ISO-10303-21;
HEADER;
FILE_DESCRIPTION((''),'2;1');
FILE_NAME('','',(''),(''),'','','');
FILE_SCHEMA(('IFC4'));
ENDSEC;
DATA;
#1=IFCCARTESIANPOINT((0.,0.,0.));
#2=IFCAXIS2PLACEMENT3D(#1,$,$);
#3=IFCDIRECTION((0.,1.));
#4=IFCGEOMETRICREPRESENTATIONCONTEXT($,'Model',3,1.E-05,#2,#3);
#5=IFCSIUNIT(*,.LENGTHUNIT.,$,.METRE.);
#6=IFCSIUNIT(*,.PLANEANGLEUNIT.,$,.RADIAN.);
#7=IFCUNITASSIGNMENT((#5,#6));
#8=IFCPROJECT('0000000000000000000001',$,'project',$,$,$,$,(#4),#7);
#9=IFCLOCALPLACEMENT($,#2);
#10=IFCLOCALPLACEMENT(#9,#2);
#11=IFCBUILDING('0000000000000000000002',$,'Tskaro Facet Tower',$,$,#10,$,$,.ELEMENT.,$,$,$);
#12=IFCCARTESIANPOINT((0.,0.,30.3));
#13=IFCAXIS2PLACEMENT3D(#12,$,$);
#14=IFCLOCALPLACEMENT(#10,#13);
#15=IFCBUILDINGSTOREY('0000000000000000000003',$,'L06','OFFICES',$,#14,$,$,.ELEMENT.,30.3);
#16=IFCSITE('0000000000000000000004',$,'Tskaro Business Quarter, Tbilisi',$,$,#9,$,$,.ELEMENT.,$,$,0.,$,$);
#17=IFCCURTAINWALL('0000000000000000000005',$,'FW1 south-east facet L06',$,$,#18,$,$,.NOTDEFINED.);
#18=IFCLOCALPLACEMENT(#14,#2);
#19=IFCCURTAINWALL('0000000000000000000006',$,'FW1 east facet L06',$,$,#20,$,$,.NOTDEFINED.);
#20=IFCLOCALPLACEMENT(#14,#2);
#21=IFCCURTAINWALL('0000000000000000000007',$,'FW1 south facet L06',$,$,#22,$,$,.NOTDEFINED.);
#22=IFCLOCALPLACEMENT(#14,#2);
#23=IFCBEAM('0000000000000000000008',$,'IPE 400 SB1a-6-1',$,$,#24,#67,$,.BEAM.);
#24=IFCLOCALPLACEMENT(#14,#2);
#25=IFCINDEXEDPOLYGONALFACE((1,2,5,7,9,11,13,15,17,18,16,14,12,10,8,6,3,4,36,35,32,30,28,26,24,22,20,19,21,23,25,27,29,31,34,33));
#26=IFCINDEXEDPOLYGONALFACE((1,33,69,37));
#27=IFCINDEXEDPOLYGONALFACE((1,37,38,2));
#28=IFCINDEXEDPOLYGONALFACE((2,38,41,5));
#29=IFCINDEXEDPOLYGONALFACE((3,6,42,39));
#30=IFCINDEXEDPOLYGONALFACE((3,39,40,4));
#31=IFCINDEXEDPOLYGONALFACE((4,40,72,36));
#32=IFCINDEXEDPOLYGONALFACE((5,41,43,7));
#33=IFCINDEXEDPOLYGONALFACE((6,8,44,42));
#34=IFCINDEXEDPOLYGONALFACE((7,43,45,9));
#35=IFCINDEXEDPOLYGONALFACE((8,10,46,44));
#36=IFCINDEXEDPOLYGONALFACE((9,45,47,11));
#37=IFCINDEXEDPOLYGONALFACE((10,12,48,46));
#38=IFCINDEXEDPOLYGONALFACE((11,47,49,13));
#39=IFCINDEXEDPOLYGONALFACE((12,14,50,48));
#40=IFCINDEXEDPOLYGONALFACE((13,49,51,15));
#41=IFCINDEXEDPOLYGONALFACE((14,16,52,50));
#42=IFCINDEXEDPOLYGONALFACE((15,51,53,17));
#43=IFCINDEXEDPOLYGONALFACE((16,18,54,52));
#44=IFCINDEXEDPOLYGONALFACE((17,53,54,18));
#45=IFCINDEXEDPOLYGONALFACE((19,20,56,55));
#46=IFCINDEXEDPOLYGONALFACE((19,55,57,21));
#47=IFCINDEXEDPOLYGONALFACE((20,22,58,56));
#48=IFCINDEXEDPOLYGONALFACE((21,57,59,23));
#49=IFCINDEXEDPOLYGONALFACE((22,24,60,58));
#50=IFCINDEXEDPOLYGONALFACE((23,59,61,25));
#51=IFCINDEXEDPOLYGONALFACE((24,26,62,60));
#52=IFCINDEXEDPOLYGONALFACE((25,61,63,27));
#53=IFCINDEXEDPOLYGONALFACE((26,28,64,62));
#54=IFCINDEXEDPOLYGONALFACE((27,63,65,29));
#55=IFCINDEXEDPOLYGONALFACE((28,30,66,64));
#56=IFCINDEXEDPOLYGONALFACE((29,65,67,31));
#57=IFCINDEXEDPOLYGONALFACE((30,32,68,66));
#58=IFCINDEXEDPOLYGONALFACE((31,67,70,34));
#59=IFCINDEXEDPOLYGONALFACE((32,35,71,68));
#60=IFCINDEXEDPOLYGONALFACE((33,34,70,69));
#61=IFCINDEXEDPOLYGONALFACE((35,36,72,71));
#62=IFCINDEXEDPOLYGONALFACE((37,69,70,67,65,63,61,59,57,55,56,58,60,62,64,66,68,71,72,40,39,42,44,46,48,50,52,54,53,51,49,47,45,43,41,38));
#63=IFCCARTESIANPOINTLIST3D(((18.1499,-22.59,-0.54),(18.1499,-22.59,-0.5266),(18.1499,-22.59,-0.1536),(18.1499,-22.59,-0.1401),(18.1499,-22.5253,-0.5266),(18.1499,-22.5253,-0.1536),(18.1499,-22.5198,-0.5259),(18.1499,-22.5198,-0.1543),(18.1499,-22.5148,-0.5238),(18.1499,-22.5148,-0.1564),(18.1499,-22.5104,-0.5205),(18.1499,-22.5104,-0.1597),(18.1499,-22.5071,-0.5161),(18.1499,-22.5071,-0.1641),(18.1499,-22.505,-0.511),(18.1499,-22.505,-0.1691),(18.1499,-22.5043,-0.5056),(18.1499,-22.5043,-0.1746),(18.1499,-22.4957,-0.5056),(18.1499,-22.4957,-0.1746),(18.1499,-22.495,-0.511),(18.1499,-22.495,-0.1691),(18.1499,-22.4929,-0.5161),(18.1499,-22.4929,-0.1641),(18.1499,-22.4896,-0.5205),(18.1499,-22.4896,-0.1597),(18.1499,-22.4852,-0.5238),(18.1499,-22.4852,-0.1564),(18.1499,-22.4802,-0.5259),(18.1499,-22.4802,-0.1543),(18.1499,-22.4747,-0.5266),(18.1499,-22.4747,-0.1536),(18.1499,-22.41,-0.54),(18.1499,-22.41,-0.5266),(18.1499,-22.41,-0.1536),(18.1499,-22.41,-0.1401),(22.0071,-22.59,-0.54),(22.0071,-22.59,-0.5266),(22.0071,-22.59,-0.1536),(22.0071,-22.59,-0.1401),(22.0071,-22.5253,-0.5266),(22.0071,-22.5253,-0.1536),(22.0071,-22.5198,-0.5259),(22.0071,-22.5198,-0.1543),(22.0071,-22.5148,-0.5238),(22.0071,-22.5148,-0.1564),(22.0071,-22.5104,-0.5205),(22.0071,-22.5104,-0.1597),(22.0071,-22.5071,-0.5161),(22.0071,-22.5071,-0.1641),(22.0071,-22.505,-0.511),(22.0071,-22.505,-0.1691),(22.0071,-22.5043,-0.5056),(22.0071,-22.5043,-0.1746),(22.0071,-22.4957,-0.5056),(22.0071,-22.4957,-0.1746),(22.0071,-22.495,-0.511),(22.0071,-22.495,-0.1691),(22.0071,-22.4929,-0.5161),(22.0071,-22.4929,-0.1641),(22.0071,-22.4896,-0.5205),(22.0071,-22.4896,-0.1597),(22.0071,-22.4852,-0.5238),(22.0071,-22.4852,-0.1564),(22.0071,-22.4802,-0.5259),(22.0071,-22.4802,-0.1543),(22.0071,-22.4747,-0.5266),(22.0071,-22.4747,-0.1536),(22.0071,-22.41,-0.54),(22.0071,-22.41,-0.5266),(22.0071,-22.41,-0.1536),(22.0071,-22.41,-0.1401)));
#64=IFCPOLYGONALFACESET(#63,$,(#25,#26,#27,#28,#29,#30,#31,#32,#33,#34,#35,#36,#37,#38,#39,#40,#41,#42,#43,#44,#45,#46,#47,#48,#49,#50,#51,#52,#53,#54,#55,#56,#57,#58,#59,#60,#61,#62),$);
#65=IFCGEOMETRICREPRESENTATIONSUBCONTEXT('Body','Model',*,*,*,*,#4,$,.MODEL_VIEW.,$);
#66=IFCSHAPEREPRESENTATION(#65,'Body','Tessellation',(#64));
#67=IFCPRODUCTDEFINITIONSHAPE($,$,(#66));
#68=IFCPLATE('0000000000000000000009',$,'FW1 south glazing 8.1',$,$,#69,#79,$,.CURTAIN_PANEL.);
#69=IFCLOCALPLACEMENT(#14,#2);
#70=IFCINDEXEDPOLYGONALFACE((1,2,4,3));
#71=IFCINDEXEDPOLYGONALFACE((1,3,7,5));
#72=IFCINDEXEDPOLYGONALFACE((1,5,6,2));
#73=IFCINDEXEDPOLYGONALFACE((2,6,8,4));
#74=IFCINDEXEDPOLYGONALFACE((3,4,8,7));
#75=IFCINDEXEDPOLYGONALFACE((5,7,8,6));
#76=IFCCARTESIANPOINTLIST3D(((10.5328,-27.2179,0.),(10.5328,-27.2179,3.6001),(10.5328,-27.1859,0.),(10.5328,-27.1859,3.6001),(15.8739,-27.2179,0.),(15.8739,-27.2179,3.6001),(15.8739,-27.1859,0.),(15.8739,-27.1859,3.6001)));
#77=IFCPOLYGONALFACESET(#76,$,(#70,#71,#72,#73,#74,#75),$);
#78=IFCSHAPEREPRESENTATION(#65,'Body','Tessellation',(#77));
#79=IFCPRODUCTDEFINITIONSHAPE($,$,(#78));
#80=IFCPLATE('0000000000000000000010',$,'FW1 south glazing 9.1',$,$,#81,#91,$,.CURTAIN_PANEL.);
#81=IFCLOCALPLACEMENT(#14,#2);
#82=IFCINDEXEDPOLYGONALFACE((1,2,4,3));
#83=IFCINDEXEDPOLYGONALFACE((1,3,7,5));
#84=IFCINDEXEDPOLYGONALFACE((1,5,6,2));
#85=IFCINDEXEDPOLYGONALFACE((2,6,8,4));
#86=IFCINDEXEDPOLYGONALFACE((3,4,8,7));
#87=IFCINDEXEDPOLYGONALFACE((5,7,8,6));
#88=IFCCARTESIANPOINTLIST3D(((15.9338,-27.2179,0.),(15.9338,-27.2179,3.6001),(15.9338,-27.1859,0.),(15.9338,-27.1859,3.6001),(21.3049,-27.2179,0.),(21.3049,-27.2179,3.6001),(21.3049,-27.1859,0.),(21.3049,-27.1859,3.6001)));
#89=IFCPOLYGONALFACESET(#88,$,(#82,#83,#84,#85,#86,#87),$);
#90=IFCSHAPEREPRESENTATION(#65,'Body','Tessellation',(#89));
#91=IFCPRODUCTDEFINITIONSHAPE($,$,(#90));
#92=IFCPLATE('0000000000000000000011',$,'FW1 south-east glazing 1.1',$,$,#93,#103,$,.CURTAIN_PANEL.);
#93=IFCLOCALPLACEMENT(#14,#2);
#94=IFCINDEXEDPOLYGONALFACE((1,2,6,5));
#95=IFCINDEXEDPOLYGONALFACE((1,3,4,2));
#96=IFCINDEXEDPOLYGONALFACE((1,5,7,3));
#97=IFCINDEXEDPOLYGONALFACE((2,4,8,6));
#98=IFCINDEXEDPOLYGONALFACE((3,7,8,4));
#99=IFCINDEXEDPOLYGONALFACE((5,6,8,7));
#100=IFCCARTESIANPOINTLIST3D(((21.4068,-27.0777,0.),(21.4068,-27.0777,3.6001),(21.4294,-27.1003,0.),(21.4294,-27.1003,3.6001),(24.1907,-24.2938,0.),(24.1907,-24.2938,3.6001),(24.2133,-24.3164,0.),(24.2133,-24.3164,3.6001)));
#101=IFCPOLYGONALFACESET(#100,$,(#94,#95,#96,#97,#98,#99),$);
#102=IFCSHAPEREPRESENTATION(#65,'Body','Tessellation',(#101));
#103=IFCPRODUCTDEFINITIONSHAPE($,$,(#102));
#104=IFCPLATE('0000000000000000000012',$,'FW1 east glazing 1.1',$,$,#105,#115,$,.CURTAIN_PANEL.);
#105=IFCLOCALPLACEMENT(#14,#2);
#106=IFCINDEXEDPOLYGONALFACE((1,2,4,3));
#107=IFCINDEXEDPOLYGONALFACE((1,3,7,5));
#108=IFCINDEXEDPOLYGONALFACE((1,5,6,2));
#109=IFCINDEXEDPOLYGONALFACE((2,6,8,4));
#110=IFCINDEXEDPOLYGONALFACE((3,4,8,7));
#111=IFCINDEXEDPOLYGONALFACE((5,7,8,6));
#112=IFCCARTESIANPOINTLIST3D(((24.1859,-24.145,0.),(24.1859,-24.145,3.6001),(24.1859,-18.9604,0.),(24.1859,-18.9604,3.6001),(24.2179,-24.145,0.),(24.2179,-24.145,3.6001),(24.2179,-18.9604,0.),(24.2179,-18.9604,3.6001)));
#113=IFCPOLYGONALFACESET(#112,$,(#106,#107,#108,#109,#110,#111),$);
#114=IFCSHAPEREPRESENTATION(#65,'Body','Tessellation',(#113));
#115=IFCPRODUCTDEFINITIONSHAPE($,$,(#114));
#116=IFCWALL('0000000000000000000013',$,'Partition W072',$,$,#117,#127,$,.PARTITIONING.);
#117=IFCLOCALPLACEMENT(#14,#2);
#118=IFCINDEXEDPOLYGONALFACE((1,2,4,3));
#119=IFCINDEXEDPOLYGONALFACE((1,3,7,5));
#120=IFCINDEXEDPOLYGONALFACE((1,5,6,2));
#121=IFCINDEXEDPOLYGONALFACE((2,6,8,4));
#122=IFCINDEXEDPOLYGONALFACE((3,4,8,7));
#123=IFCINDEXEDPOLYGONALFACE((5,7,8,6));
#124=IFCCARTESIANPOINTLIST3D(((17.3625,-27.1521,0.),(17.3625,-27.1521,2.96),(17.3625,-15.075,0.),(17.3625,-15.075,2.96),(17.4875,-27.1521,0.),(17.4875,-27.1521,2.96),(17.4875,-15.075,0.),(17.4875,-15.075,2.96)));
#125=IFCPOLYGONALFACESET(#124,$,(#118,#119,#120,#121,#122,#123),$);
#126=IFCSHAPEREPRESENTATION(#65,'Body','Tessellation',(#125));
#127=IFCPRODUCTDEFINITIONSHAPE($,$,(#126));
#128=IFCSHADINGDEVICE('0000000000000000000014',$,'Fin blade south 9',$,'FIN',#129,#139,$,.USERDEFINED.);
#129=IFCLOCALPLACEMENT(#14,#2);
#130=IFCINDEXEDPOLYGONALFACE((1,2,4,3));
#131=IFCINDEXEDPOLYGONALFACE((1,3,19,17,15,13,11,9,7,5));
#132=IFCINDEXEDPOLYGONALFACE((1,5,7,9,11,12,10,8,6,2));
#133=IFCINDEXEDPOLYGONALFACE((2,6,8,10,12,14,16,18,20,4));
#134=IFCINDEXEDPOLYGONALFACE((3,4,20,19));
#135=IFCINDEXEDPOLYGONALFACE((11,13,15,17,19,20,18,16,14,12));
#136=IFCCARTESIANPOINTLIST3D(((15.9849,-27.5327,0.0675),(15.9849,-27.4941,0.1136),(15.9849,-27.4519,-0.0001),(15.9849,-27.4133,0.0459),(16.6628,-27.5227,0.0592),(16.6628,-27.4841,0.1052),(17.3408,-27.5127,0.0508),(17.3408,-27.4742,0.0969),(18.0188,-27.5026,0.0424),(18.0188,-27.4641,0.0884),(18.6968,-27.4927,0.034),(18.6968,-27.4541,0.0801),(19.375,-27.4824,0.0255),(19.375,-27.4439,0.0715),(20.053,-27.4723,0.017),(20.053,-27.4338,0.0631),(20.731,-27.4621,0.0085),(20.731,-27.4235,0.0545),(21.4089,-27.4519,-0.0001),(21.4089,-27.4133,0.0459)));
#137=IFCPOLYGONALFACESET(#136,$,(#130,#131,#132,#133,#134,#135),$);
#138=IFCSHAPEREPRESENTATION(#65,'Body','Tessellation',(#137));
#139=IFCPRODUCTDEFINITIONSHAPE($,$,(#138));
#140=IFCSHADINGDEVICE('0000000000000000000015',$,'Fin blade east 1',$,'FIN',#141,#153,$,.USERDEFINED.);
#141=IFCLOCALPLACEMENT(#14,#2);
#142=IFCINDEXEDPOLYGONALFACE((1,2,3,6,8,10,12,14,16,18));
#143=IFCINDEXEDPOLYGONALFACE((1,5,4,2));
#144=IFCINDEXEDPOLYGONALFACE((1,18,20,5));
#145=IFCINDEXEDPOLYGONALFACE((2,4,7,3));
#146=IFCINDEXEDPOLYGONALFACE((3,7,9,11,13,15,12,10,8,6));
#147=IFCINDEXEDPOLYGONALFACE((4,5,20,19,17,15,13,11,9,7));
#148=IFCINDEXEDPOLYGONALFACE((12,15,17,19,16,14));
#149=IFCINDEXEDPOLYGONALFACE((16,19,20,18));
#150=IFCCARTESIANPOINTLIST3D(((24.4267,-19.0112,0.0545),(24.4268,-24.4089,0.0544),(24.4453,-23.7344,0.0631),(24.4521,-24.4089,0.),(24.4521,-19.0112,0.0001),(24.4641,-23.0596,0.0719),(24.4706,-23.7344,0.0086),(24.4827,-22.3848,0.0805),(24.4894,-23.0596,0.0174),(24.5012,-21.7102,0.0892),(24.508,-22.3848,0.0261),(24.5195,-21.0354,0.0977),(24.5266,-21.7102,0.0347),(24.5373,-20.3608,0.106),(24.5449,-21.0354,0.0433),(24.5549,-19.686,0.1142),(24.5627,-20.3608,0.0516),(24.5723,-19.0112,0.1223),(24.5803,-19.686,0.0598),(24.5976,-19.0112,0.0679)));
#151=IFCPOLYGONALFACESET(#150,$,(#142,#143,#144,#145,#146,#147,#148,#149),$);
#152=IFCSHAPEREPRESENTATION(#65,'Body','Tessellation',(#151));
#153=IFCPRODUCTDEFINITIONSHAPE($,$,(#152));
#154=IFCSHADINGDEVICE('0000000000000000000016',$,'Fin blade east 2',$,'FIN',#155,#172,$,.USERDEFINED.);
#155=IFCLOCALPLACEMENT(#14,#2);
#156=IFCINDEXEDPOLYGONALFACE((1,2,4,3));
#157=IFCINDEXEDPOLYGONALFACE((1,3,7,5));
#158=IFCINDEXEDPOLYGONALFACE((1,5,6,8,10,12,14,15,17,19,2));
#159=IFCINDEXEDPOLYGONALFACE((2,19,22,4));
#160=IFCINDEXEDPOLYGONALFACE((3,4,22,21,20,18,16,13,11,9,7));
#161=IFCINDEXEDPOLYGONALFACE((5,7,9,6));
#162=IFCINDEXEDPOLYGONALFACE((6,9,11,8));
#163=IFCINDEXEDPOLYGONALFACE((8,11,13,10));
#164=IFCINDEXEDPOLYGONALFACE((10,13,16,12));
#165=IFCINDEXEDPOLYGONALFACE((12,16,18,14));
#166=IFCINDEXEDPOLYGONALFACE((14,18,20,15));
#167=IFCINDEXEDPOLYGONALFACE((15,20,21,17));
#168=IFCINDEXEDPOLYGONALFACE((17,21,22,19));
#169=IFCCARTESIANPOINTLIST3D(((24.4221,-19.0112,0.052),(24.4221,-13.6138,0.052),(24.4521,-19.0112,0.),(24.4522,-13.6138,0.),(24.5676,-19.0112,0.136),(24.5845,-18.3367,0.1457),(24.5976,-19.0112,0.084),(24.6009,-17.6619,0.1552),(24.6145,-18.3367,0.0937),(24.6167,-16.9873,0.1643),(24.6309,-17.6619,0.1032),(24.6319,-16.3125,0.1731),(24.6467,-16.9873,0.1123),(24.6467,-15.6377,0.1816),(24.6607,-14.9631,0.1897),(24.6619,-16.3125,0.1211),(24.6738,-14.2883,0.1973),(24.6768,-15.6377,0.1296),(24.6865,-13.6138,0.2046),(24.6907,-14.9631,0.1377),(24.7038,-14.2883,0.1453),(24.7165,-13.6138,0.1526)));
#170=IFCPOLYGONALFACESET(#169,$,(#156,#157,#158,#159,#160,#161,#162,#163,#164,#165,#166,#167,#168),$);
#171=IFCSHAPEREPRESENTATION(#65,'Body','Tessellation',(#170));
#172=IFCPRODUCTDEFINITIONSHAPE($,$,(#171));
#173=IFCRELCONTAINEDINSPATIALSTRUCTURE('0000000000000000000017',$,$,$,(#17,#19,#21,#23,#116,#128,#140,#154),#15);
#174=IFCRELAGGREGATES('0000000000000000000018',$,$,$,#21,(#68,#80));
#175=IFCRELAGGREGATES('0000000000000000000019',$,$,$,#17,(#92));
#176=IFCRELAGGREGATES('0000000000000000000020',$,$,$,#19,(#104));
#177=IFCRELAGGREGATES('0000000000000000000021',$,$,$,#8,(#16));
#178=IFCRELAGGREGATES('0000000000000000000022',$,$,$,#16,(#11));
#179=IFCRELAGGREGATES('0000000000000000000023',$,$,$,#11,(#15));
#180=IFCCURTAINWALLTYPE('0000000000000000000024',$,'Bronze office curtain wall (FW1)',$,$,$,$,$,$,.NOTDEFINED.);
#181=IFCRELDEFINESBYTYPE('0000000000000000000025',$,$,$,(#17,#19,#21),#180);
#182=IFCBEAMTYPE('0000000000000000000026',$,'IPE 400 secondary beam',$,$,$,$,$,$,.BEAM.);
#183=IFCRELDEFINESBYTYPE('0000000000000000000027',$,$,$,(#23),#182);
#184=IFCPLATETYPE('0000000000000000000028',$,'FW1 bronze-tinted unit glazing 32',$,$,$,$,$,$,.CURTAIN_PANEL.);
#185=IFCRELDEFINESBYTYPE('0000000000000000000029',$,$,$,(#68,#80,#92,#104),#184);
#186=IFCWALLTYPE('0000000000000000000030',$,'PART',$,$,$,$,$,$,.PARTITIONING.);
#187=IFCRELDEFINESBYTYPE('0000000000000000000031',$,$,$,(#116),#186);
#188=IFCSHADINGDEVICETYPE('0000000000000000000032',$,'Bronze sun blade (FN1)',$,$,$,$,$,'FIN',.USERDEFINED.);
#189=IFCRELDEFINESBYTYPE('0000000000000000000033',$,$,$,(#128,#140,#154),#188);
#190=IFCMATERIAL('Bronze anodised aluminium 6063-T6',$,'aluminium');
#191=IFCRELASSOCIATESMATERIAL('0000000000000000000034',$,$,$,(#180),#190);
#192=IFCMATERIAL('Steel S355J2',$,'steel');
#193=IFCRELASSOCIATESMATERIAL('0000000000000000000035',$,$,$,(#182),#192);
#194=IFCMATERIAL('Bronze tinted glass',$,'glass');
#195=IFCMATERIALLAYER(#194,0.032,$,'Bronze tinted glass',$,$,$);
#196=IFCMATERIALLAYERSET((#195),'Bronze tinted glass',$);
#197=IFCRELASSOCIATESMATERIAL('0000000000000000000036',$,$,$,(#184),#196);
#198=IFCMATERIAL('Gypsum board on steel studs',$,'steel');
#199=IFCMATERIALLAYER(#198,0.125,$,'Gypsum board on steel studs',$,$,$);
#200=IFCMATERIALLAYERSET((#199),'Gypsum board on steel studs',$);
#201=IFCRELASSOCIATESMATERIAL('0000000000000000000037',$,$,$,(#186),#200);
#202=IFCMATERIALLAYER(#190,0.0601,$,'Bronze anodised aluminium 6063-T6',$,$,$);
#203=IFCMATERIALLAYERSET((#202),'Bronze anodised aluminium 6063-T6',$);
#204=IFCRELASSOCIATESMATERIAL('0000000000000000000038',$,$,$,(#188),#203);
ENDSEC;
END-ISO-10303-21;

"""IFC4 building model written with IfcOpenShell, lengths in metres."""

from ifc_helpers import new_model, si_unit, direction, frame, frame_2d, origin, origin_2d, place, context, subcontext, project, spatial, polyline, rectangle, i_section, outline, extrude, material, layer, layer_set, material_profile, profile_set, type_object, element, aggregate, save


model = new_model("IFC4")

# Units and contexts
model_context = context("Model", 3, precision=1e-05, world=origin(), true_north=direction((0.0, 1.0)))
body_context = subcontext(model_context, "Body", "Model", "MODEL_VIEW")
ifc_project = project(units=[si_unit("LENGTHUNIT", "METRE"), si_unit("PLANEANGLEUNIT", "RADIAN")], contexts=[model_context])

# Site, building, storey
site_placement = place(None, origin())
site = spatial("IfcSite", under=ifc_project, at=site_placement, Name="Tskaro Business Quarter, Tbilisi", CompositionType="ELEMENT", RefElevation=0.0)
building_placement = place(site_placement, origin())
building = spatial("IfcBuilding", under=site, at=building_placement, Name="Tskaro Facet Tower", CompositionType="ELEMENT")
storey_placement = place(building_placement, frame((0.0, 0.0, 30.3)))
storey = spatial("IfcBuildingStorey", under=building, at=storey_placement, Name="L06", Description="OFFICES", CompositionType="ELEMENT", Elevation=30.3)

# Curtain walls
ifc_material_1 = material(Name="Bronze anodised aluminium 6063-T6", Category="aluminium")
curtain_wall_type = type_object("IfcCurtainWallType", Name="Bronze office curtain wall (FW1)", PredefinedType="NOTDEFINED", material=ifc_material_1)
curtain_wall_1_placement = place(storey_placement, origin())
curtain_wall_1 = element("IfcCurtainWall", 1, at=curtain_wall_1_placement, inside=storey, type_object=curtain_wall_type, Name="FW1 south-east facet L06", PredefinedType="NOTDEFINED")
curtain_wall_2_placement = place(storey_placement, origin())
curtain_wall_2 = element("IfcCurtainWall", 2, at=curtain_wall_2_placement, inside=storey, type_object=curtain_wall_type, Name="FW1 east facet L06", PredefinedType="NOTDEFINED")
curtain_wall_3_placement = place(storey_placement, origin())
curtain_wall_3 = element("IfcCurtainWall", 3, at=curtain_wall_3_placement, inside=storey, type_object=curtain_wall_type, Name="FW1 south facet L06", PredefinedType="NOTDEFINED")

# Beam
ifc_material_2 = material(Name="Steel S355J2", Category="steel")
ifc_material_profile_1 = material_profile(ifc_material_2, i_section(OverallWidth=0.1799, OverallDepth=0.3999, WebThickness=0.0085, FlangeThickness=0.0134, FilletRadius=0.021, at=origin_2d()), Name="IPE 400")
ifc_profile_set_1 = profile_set([ifc_material_profile_1], Name="Steel S355J2")
beam_type_1 = type_object("IfcBeamType", Name="IPE 400 secondary beam", PredefinedType="BEAM", material=ifc_profile_set_1)
beam_1_placement = place(storey_placement, frame((18.1499, -22.5, -0.3401), z_axis=(1.0, 0.0, 0.0), x_axis=(0.0, 1.0, 0.0)))
element("IfcBeam", 4, at=beam_1_placement, inside=storey, type_object=beam_type_1, Name="IPE 400 SB1a-6-1", PredefinedType="BEAM", context=body_context, shape_type="SweptSolid", body=[
    extrude(i_section(OverallWidth=0.1799, OverallDepth=0.3999, WebThickness=0.0085, FlangeThickness=0.0134, FilletRadius=0.021, at=origin_2d()), origin(), (0.0, 0.0, 1.0), 3.8572),
])

# Plates
ifc_material_3 = material(Name="Bronze tinted glass", Category="glass")
ifc_layer_1 = layer(ifc_material_3, 0.032, Name="Bronze tinted glass")
ifc_layer_set_1 = layer_set([ifc_layer_1], Name="Bronze tinted glass")
plate_type = type_object("IfcPlateType", Name="FW1 bronze-tinted unit glazing 32", PredefinedType="CURTAIN_PANEL", material=ifc_layer_set_1)
plate_1_placement = place(storey_placement, frame((13.2034, -27.2019, 0.0), z_axis=(0.0, 0.0, 1.0), x_axis=(1.0, 0.0, 0.0)))
plate_1 = element("IfcPlate", 5, at=plate_1_placement, type_object=plate_type, Name="FW1 south glazing 8.1", PredefinedType="CURTAIN_PANEL", context=body_context, shape_type="SweptSolid", body=[
    extrude(rectangle(XDim=5.3411, YDim=0.032, at=origin_2d()), origin(), (0.0, 0.0, 1.0), 3.6001),
])
plate_2_placement = place(storey_placement, frame((18.6194, -27.2019, 0.0), z_axis=(0.0, 0.0, 1.0), x_axis=(1.0, 0.0, 0.0)))
plate_2 = element("IfcPlate", 6, at=plate_2_placement, type_object=plate_type, Name="FW1 south glazing 9.1", PredefinedType="CURTAIN_PANEL", context=body_context, shape_type="SweptSolid", body=[
    extrude(rectangle(XDim=5.3711, YDim=0.032, at=origin_2d()), origin(), (0.0, 0.0, 1.0), 3.6001),
])
aggregate(curtain_wall_3, [plate_1, plate_2])
plate_3_placement = place(storey_placement, frame((22.8101, -25.697, 0.0), z_axis=(0.0, 0.0, 1.0), x_axis=(0.707107, 0.707107, 0.0)))
plate_3 = element("IfcPlate", 7, at=plate_3_placement, type_object=plate_type, Name="FW1 south-east glazing 1.1", PredefinedType="CURTAIN_PANEL", context=body_context, shape_type="SweptSolid", body=[
    extrude(rectangle(XDim=3.937, YDim=0.032, at=origin_2d()), origin(), (0.0, 0.0, 1.0), 3.6001),
])
aggregate(curtain_wall_1, [plate_3])
plate_4_placement = place(storey_placement, frame((24.2019, -21.5527, 0.0), z_axis=(0.0, 0.0, 1.0), x_axis=(0.0, 1.0, 0.0)))
plate_4 = element("IfcPlate", 8, at=plate_4_placement, type_object=plate_type, Name="FW1 east glazing 1.1", PredefinedType="CURTAIN_PANEL", context=body_context, shape_type="SweptSolid", body=[
    extrude(rectangle(XDim=5.1846, YDim=0.032, at=origin_2d()), origin(), (0.0, 0.0, 1.0), 3.6001),
])
aggregate(curtain_wall_2, [plate_4])

# Wall
ifc_material_4 = material(Name="Gypsum board on steel studs", Category="steel")
ifc_layer_2 = layer(ifc_material_4, 0.125, Name="Gypsum board on steel studs")
ifc_layer_set_2 = layer_set([ifc_layer_2], Name="Gypsum board on steel studs")
wall_type = type_object("IfcWallType", Name="PART", PredefinedType="PARTITIONING", material=ifc_layer_set_2)
wall_placement = place(storey_placement, frame((17.425, -27.1521, 0.0), z_axis=(0.0, 0.0, 1.0), x_axis=(0.0, 1.0, 0.0)))
element("IfcWall", 9, at=wall_placement, inside=storey, type_object=wall_type, Name="Partition W072", PredefinedType="PARTITIONING", context=body_context, shape_type="SweptSolid", body=[
    extrude(rectangle(XDim=12.0771, YDim=0.125, at=frame_2d((6.0386, 0.0))), origin(), (0.0, 0.0, 1.0), 2.96),
])

# Shading devices
ifc_layer_3 = layer(ifc_material_1, 0.0601, Name="Bronze anodised aluminium 6063-T6")
ifc_layer_set_3 = layer_set([ifc_layer_3], Name="Bronze anodised aluminium 6063-T6")
shading_device_type = type_object("IfcShadingDeviceType", Name="Bronze sun blade (FN1)", ElementType="FIN", PredefinedType="USERDEFINED", material=ifc_layer_set_3)
shading_device_1_placement = place(storey_placement, frame((15.9849, -27.4133, 0.0459), z_axis=(-0.000009, 0.642138, 0.766589), x_axis=(1.0, 0.000006, 0.000007)))
element("IfcShadingDevice", 10, at=shading_device_1_placement, inside=storey, type_object=shading_device_type, Name="Fin blade south 9", ObjectType="FIN", PredefinedType="USERDEFINED", context=body_context, shape_type="SweptSolid", body=[
    extrude(outline(polyline([(0.0, 0.0), (5.4241, 0.0), (4.7461, -0.0133), (4.0681, -0.0267), (3.3901, -0.0399), (2.7119, -0.0532), (2.0339, -0.0662), (1.356, -0.0794), (0.678, -0.0924), (0.0, -0.1054), (0.0, 0.0)])), origin(), (0.0, 0.0, -1.0), 0.0601),
])
shading_device_2_placement = place(storey_placement, frame((24.4268, -24.4089, 0.0544), z_axis=(-0.422311, -0.000014, 0.906451), x_axis=(-0.000006, 1.0, 0.000012)))
element("IfcShadingDevice", 11, at=shading_device_2_placement, inside=storey, type_object=shading_device_type, Name="Fin blade east 1", ObjectType="FIN", PredefinedType="USERDEFINED", context=body_context, shape_type="SweptSolid", body=[
    extrude(outline(polyline([(0.0, 0.0), (5.3977, 0.0), (5.3977, -0.1606), (4.7229, -0.1414), (4.0481, -0.122), (3.3735, -0.1023), (2.6987, -0.0821), (2.0242, -0.0617), (1.3494, -0.0412), (0.6746, -0.0204), (0.0, 0.0)])), origin(), (0.0, 0.0, -1.0), 0.0601),
])
shading_device_3_placement = place(storey_placement, frame((24.4221, -19.0112, 0.052), z_axis=(-0.49997, 0.000005, 0.866043), x_axis=(0.000002, 1.0, -0.000004)))
element("IfcShadingDevice", 12, at=shading_device_3_placement, inside=storey, type_object=shading_device_type, Name="Fin blade east 2", ObjectType="FIN", PredefinedType="USERDEFINED", context=body_context, shape_type="SweptSolid", body=[
    extrude(outline(polyline([(0.0, 0.0), (5.3975, 0.0), (5.3975, -0.3053), (4.7229, -0.2906), (4.0481, -0.2754), (3.3735, -0.2593), (2.6987, -0.2422), (2.0239, -0.2247), (1.3494, -0.2064), (0.6746, -0.1875), (0.0, -0.168), (0.0, 0.0)])), origin(), (0.0, 0.0, -1.0), 0.0601),
])

save(model, "model.ifc")
